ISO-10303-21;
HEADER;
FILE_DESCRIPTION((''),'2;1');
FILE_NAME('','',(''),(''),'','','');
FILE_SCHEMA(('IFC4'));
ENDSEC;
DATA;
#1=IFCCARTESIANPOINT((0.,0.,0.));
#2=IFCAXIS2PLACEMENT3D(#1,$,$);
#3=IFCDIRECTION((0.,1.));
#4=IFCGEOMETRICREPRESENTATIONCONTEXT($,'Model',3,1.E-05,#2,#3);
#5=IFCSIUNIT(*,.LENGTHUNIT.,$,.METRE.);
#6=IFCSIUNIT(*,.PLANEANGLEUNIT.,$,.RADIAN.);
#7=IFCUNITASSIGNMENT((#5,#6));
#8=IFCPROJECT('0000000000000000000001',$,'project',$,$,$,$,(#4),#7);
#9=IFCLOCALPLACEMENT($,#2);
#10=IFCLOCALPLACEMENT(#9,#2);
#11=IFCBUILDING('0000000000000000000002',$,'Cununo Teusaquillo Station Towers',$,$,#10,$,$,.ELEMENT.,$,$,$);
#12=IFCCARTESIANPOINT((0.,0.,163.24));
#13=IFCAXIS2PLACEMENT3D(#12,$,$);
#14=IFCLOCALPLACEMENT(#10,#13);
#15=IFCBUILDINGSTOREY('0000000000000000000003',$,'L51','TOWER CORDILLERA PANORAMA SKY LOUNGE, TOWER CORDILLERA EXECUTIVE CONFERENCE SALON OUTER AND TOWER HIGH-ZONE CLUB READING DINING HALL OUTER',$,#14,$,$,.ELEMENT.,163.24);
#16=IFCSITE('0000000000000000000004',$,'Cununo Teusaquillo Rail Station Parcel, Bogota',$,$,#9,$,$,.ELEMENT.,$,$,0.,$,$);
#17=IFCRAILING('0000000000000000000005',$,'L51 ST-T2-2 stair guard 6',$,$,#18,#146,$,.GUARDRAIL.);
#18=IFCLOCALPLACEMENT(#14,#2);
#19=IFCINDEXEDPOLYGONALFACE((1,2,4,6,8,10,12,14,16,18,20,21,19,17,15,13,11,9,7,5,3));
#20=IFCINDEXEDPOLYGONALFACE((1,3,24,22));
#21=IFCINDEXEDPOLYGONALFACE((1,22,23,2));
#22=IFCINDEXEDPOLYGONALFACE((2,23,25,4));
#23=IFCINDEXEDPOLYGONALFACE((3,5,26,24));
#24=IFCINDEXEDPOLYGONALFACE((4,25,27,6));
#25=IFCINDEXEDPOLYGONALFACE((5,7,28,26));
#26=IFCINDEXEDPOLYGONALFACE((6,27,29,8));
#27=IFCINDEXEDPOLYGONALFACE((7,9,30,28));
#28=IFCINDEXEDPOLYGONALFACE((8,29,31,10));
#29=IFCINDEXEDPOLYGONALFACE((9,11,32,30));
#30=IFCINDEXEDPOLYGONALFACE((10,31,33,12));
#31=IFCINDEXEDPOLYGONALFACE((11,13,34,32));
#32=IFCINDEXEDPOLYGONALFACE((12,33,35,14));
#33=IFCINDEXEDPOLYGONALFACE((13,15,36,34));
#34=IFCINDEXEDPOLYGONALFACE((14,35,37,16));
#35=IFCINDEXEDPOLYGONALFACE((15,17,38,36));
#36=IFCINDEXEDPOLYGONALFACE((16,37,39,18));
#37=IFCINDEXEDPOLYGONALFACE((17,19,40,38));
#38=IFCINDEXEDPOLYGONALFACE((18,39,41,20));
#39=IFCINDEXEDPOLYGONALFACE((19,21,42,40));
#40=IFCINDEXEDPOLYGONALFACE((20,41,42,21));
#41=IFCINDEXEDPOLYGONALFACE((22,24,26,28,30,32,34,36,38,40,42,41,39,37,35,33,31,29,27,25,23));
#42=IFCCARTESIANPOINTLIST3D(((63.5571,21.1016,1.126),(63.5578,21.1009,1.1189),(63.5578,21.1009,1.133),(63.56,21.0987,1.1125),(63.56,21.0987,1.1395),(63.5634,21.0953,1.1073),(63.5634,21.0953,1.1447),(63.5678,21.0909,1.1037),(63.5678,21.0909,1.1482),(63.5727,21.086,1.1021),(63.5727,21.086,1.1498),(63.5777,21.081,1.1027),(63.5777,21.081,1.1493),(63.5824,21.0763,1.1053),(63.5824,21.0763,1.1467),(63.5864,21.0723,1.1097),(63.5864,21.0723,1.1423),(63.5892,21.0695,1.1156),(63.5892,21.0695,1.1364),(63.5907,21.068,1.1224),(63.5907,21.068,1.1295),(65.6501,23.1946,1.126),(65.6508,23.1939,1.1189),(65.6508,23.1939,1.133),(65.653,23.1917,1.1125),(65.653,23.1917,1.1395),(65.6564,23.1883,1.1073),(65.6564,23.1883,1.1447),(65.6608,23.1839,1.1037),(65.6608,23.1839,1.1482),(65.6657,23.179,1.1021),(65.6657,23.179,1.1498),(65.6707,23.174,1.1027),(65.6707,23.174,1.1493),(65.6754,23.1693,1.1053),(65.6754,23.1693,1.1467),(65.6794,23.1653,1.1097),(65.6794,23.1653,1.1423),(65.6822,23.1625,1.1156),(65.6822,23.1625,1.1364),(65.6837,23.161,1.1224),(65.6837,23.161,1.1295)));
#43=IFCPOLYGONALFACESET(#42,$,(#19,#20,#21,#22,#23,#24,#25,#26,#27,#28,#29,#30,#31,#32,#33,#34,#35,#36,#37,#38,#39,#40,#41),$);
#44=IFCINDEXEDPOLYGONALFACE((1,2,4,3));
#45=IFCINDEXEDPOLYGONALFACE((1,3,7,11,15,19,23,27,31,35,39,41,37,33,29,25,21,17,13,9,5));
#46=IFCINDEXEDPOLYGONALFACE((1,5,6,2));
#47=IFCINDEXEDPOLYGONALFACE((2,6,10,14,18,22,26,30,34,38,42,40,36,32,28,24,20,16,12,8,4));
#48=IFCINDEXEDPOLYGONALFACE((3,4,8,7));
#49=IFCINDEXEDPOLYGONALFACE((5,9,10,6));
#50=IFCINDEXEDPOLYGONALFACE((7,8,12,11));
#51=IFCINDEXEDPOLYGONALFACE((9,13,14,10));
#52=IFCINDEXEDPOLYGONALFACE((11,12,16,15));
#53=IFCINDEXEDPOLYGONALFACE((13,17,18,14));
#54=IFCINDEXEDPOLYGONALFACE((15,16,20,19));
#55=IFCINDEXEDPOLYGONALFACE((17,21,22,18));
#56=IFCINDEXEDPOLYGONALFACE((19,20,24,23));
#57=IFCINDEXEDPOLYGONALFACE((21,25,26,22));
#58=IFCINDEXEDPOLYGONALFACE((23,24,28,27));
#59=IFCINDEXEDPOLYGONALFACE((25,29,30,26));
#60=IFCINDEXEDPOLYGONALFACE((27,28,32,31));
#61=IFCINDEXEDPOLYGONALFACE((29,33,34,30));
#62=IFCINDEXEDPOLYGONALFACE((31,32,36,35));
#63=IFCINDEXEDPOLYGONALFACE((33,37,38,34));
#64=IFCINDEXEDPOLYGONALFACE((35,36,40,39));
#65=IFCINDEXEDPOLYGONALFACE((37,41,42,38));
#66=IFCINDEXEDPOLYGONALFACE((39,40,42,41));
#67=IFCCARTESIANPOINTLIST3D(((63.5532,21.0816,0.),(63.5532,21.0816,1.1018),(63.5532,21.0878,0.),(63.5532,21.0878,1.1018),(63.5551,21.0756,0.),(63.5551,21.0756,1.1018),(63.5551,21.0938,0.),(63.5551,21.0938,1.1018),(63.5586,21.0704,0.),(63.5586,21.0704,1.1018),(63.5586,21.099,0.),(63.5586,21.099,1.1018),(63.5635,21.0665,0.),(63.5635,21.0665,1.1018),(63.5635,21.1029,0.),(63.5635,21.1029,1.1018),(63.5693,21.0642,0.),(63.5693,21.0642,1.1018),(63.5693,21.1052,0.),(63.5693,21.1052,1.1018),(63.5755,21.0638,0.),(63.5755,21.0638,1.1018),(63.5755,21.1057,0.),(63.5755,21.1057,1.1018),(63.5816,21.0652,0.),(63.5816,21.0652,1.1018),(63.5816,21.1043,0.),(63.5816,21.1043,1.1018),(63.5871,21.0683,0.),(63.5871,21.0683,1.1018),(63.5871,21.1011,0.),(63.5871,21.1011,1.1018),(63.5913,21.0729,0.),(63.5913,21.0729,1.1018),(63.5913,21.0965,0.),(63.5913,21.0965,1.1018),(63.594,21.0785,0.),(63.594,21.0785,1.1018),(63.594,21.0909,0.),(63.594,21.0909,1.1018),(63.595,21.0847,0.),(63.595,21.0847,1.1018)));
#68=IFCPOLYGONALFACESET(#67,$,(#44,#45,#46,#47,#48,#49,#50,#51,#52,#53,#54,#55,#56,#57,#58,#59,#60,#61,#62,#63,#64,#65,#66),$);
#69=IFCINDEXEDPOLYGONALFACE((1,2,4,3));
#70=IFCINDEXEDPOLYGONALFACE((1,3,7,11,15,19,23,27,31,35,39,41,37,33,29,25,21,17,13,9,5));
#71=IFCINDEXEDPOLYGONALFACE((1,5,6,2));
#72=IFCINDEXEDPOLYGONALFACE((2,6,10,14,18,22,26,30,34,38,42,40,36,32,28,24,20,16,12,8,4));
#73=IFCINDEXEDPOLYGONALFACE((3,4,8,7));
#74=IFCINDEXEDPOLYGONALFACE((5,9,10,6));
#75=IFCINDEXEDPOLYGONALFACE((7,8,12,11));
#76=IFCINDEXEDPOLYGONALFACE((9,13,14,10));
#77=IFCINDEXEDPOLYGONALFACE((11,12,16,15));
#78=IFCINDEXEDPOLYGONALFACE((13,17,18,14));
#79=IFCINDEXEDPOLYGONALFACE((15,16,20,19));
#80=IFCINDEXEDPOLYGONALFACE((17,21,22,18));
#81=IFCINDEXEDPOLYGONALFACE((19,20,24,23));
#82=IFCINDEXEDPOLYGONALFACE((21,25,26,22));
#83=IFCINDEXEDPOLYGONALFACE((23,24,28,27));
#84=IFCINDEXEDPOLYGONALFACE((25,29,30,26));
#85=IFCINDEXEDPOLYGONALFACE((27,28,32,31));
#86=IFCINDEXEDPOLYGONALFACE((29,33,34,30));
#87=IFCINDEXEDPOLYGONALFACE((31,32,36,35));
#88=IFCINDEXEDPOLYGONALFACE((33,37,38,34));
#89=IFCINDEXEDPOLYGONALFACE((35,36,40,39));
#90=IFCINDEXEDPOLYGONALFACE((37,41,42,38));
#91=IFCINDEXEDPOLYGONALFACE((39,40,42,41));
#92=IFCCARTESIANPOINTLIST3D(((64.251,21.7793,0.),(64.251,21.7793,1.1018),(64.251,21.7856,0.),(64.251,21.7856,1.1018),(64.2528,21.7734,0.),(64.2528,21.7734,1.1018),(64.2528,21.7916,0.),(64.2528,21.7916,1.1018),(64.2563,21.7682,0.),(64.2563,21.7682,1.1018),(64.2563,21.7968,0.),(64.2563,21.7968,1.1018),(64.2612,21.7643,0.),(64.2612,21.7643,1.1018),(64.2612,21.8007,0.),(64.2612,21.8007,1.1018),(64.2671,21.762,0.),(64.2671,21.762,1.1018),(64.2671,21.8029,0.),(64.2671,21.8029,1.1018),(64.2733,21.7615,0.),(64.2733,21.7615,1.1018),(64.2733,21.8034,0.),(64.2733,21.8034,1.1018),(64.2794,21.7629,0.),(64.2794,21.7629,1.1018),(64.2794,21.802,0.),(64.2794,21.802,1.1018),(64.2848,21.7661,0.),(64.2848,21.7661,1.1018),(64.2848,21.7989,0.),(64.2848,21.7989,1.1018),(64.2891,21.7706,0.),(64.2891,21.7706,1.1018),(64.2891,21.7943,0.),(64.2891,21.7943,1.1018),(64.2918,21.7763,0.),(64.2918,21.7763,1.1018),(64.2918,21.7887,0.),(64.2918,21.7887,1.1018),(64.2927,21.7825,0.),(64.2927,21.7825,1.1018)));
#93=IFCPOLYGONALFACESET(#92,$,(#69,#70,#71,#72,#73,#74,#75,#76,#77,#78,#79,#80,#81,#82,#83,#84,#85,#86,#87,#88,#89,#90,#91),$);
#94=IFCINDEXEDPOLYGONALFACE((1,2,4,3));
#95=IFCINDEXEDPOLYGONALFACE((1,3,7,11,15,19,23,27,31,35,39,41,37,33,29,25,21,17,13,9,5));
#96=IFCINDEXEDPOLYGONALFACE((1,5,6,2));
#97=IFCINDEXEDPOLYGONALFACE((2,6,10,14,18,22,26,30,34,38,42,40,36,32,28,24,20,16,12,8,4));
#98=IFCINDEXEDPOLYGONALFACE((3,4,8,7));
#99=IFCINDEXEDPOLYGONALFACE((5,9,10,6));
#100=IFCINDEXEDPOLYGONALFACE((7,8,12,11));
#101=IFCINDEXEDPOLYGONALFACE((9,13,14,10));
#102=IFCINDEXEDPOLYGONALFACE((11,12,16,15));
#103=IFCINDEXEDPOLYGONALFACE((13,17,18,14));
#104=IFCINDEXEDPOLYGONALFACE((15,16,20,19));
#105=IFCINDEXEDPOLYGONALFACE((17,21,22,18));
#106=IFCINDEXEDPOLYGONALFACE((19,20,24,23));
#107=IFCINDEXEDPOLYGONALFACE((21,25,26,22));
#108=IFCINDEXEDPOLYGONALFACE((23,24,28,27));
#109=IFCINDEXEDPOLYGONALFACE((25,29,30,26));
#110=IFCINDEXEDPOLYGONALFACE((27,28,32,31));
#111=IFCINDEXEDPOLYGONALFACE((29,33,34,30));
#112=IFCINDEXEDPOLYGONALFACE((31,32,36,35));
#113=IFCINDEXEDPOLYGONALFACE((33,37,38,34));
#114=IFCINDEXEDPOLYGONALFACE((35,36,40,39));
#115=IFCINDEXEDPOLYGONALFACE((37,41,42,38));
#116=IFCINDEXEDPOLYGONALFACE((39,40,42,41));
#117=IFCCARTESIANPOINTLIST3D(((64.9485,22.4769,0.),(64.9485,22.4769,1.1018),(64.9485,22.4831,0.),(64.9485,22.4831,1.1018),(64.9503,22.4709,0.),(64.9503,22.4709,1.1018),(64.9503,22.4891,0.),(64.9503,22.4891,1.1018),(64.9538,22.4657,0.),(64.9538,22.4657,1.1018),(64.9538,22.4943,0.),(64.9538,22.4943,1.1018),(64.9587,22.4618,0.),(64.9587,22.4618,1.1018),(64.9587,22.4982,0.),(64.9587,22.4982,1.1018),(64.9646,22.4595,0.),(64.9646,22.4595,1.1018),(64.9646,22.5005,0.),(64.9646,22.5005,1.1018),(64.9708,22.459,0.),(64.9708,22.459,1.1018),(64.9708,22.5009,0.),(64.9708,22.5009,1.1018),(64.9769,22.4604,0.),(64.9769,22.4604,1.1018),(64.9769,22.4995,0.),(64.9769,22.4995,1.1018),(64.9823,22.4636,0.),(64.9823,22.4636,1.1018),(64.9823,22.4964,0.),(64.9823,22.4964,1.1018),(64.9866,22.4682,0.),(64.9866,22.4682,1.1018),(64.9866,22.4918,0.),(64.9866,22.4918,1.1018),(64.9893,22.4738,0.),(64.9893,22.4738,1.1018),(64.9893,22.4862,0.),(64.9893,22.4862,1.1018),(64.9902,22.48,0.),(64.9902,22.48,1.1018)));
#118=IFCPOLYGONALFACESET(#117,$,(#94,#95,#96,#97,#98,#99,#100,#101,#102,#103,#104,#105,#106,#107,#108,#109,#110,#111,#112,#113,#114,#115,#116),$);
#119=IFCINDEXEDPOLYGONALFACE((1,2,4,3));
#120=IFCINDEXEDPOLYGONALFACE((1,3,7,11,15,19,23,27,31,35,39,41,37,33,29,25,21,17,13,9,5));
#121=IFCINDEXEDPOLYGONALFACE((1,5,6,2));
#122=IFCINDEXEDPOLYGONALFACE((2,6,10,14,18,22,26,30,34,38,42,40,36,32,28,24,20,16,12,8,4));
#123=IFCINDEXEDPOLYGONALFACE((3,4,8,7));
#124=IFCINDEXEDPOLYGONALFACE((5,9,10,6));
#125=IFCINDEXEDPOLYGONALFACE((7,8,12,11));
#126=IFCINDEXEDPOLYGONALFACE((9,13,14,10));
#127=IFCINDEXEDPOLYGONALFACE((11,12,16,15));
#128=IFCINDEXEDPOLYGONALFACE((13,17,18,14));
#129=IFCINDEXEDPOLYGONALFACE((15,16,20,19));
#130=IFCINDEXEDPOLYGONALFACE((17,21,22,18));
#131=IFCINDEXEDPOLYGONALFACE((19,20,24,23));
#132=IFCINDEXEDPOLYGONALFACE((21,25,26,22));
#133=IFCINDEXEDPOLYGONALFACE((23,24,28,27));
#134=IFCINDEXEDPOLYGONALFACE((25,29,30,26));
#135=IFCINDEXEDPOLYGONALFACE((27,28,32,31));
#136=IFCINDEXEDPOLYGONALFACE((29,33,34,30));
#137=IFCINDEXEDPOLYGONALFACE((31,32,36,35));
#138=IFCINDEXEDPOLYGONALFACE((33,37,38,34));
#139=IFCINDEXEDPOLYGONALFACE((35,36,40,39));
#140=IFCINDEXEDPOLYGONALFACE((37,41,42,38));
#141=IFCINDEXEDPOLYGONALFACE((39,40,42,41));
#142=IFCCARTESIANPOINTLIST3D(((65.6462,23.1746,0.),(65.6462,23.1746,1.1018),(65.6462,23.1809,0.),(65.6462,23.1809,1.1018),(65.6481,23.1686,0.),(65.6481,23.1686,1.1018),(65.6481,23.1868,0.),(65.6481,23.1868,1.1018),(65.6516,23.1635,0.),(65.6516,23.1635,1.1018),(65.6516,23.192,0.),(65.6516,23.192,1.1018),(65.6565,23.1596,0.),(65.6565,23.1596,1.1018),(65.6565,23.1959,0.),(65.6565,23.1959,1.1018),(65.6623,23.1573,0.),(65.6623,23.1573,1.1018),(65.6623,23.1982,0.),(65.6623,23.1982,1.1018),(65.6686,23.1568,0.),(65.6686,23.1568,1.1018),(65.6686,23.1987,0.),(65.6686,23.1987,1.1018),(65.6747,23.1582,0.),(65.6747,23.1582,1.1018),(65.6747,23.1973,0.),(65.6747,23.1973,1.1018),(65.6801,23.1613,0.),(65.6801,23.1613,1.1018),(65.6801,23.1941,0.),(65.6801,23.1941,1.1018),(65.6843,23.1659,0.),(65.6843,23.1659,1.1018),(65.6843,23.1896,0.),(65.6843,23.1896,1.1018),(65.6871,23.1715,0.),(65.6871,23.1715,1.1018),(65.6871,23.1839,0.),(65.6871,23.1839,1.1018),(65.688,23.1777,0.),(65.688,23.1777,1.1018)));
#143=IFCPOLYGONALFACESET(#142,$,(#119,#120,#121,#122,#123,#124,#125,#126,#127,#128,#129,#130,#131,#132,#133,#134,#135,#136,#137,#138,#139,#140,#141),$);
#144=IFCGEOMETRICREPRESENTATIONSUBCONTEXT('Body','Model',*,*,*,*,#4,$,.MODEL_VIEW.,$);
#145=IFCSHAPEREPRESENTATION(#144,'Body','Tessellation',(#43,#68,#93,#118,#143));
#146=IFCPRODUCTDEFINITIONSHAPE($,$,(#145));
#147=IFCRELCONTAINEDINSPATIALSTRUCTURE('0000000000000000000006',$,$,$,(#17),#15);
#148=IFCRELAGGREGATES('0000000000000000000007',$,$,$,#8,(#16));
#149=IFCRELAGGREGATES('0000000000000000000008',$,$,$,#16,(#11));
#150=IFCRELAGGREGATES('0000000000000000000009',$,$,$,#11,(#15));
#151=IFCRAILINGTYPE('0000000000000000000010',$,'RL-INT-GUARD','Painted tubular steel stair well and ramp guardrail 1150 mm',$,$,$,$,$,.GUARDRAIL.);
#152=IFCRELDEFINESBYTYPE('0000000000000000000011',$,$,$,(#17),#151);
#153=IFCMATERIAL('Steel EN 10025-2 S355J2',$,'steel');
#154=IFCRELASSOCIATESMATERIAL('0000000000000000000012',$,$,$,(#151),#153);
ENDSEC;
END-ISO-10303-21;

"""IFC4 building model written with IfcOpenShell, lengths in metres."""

from ifc_helpers import new_model, si_unit, direction, frame, origin, origin_2d, place, context, subcontext, project, spatial, circle, extrude, material, type_object, element, save


model = new_model("IFC4")

# Units and contexts
model_context = context("Model", 3, precision=1e-05, world=origin(), true_north=direction((0.0, 1.0)))
body_context = subcontext(model_context, "Body", "Model", "MODEL_VIEW")
ifc_project = project(units=[si_unit("LENGTHUNIT", "METRE"), si_unit("PLANEANGLEUNIT", "RADIAN")], contexts=[model_context])

# Site, building, storey
site_placement = place(None, origin())
site = spatial("IfcSite", under=ifc_project, at=site_placement, Name="Cununo Teusaquillo Rail Station Parcel, Bogota", CompositionType="ELEMENT", RefElevation=0.0)
building_placement = place(site_placement, origin())
building = spatial("IfcBuilding", under=site, at=building_placement, Name="Cununo Teusaquillo Station Towers", CompositionType="ELEMENT")
storey_placement = place(building_placement, frame((0.0, 0.0, 163.24)))
storey = spatial("IfcBuildingStorey", under=building, at=storey_placement, Name="L51", Description="TOWER CORDILLERA PANORAMA SKY LOUNGE, TOWER CORDILLERA EXECUTIVE CONFERENCE SALON OUTER AND TOWER HIGH-ZONE CLUB READING DINING HALL OUTER", CompositionType="ELEMENT", Elevation=163.24)

# Railing
ifc_material_1 = material(Name="Steel EN 10025-2 S355J2", Category="steel")
railing_type = type_object("IfcRailingType", Name="RL-INT-GUARD", Description="Painted tubular steel stair well and ramp guardrail 1150 mm", PredefinedType="GUARDRAIL", material=ifc_material_1)
railing_1_placement = place(storey_placement, frame((63.574, 21.0847, 0.0)))
element("IfcRailing", 1, at=railing_1_placement, inside=storey, type_object=railing_type, Name="L51 ST-T2-2 stair guard 6", PredefinedType="GUARDRAIL", context=body_context, shape_type="SweptSolid", body=[
    extrude(circle(Radius=0.0239, at=origin_2d()), frame((0.0, 0.0, 1.126), z_axis=(0.707107, 0.707107, 0.0), x_axis=(-0.707107, 0.707107, 0.0)), (0.0, 0.0, 1.0), 2.96),
    extrude(circle(Radius=0.021, at=origin_2d()), origin(), (0.0, 0.0, 1.0), 1.1018),
    extrude(circle(Radius=0.021, at=origin_2d()), frame((0.6978, 0.6978, 0.0)), (0.0, 0.0, 1.0), 1.1018),
    extrude(circle(Radius=0.021, at=origin_2d()), frame((1.3953, 1.3953, 0.0)), (0.0, 0.0, 1.0), 1.1018),
    extrude(circle(Radius=0.021, at=origin_2d()), frame((2.093, 2.093, 0.0)), (0.0, 0.0, 1.0), 1.1018),
])

save(model, "model.ifc")
